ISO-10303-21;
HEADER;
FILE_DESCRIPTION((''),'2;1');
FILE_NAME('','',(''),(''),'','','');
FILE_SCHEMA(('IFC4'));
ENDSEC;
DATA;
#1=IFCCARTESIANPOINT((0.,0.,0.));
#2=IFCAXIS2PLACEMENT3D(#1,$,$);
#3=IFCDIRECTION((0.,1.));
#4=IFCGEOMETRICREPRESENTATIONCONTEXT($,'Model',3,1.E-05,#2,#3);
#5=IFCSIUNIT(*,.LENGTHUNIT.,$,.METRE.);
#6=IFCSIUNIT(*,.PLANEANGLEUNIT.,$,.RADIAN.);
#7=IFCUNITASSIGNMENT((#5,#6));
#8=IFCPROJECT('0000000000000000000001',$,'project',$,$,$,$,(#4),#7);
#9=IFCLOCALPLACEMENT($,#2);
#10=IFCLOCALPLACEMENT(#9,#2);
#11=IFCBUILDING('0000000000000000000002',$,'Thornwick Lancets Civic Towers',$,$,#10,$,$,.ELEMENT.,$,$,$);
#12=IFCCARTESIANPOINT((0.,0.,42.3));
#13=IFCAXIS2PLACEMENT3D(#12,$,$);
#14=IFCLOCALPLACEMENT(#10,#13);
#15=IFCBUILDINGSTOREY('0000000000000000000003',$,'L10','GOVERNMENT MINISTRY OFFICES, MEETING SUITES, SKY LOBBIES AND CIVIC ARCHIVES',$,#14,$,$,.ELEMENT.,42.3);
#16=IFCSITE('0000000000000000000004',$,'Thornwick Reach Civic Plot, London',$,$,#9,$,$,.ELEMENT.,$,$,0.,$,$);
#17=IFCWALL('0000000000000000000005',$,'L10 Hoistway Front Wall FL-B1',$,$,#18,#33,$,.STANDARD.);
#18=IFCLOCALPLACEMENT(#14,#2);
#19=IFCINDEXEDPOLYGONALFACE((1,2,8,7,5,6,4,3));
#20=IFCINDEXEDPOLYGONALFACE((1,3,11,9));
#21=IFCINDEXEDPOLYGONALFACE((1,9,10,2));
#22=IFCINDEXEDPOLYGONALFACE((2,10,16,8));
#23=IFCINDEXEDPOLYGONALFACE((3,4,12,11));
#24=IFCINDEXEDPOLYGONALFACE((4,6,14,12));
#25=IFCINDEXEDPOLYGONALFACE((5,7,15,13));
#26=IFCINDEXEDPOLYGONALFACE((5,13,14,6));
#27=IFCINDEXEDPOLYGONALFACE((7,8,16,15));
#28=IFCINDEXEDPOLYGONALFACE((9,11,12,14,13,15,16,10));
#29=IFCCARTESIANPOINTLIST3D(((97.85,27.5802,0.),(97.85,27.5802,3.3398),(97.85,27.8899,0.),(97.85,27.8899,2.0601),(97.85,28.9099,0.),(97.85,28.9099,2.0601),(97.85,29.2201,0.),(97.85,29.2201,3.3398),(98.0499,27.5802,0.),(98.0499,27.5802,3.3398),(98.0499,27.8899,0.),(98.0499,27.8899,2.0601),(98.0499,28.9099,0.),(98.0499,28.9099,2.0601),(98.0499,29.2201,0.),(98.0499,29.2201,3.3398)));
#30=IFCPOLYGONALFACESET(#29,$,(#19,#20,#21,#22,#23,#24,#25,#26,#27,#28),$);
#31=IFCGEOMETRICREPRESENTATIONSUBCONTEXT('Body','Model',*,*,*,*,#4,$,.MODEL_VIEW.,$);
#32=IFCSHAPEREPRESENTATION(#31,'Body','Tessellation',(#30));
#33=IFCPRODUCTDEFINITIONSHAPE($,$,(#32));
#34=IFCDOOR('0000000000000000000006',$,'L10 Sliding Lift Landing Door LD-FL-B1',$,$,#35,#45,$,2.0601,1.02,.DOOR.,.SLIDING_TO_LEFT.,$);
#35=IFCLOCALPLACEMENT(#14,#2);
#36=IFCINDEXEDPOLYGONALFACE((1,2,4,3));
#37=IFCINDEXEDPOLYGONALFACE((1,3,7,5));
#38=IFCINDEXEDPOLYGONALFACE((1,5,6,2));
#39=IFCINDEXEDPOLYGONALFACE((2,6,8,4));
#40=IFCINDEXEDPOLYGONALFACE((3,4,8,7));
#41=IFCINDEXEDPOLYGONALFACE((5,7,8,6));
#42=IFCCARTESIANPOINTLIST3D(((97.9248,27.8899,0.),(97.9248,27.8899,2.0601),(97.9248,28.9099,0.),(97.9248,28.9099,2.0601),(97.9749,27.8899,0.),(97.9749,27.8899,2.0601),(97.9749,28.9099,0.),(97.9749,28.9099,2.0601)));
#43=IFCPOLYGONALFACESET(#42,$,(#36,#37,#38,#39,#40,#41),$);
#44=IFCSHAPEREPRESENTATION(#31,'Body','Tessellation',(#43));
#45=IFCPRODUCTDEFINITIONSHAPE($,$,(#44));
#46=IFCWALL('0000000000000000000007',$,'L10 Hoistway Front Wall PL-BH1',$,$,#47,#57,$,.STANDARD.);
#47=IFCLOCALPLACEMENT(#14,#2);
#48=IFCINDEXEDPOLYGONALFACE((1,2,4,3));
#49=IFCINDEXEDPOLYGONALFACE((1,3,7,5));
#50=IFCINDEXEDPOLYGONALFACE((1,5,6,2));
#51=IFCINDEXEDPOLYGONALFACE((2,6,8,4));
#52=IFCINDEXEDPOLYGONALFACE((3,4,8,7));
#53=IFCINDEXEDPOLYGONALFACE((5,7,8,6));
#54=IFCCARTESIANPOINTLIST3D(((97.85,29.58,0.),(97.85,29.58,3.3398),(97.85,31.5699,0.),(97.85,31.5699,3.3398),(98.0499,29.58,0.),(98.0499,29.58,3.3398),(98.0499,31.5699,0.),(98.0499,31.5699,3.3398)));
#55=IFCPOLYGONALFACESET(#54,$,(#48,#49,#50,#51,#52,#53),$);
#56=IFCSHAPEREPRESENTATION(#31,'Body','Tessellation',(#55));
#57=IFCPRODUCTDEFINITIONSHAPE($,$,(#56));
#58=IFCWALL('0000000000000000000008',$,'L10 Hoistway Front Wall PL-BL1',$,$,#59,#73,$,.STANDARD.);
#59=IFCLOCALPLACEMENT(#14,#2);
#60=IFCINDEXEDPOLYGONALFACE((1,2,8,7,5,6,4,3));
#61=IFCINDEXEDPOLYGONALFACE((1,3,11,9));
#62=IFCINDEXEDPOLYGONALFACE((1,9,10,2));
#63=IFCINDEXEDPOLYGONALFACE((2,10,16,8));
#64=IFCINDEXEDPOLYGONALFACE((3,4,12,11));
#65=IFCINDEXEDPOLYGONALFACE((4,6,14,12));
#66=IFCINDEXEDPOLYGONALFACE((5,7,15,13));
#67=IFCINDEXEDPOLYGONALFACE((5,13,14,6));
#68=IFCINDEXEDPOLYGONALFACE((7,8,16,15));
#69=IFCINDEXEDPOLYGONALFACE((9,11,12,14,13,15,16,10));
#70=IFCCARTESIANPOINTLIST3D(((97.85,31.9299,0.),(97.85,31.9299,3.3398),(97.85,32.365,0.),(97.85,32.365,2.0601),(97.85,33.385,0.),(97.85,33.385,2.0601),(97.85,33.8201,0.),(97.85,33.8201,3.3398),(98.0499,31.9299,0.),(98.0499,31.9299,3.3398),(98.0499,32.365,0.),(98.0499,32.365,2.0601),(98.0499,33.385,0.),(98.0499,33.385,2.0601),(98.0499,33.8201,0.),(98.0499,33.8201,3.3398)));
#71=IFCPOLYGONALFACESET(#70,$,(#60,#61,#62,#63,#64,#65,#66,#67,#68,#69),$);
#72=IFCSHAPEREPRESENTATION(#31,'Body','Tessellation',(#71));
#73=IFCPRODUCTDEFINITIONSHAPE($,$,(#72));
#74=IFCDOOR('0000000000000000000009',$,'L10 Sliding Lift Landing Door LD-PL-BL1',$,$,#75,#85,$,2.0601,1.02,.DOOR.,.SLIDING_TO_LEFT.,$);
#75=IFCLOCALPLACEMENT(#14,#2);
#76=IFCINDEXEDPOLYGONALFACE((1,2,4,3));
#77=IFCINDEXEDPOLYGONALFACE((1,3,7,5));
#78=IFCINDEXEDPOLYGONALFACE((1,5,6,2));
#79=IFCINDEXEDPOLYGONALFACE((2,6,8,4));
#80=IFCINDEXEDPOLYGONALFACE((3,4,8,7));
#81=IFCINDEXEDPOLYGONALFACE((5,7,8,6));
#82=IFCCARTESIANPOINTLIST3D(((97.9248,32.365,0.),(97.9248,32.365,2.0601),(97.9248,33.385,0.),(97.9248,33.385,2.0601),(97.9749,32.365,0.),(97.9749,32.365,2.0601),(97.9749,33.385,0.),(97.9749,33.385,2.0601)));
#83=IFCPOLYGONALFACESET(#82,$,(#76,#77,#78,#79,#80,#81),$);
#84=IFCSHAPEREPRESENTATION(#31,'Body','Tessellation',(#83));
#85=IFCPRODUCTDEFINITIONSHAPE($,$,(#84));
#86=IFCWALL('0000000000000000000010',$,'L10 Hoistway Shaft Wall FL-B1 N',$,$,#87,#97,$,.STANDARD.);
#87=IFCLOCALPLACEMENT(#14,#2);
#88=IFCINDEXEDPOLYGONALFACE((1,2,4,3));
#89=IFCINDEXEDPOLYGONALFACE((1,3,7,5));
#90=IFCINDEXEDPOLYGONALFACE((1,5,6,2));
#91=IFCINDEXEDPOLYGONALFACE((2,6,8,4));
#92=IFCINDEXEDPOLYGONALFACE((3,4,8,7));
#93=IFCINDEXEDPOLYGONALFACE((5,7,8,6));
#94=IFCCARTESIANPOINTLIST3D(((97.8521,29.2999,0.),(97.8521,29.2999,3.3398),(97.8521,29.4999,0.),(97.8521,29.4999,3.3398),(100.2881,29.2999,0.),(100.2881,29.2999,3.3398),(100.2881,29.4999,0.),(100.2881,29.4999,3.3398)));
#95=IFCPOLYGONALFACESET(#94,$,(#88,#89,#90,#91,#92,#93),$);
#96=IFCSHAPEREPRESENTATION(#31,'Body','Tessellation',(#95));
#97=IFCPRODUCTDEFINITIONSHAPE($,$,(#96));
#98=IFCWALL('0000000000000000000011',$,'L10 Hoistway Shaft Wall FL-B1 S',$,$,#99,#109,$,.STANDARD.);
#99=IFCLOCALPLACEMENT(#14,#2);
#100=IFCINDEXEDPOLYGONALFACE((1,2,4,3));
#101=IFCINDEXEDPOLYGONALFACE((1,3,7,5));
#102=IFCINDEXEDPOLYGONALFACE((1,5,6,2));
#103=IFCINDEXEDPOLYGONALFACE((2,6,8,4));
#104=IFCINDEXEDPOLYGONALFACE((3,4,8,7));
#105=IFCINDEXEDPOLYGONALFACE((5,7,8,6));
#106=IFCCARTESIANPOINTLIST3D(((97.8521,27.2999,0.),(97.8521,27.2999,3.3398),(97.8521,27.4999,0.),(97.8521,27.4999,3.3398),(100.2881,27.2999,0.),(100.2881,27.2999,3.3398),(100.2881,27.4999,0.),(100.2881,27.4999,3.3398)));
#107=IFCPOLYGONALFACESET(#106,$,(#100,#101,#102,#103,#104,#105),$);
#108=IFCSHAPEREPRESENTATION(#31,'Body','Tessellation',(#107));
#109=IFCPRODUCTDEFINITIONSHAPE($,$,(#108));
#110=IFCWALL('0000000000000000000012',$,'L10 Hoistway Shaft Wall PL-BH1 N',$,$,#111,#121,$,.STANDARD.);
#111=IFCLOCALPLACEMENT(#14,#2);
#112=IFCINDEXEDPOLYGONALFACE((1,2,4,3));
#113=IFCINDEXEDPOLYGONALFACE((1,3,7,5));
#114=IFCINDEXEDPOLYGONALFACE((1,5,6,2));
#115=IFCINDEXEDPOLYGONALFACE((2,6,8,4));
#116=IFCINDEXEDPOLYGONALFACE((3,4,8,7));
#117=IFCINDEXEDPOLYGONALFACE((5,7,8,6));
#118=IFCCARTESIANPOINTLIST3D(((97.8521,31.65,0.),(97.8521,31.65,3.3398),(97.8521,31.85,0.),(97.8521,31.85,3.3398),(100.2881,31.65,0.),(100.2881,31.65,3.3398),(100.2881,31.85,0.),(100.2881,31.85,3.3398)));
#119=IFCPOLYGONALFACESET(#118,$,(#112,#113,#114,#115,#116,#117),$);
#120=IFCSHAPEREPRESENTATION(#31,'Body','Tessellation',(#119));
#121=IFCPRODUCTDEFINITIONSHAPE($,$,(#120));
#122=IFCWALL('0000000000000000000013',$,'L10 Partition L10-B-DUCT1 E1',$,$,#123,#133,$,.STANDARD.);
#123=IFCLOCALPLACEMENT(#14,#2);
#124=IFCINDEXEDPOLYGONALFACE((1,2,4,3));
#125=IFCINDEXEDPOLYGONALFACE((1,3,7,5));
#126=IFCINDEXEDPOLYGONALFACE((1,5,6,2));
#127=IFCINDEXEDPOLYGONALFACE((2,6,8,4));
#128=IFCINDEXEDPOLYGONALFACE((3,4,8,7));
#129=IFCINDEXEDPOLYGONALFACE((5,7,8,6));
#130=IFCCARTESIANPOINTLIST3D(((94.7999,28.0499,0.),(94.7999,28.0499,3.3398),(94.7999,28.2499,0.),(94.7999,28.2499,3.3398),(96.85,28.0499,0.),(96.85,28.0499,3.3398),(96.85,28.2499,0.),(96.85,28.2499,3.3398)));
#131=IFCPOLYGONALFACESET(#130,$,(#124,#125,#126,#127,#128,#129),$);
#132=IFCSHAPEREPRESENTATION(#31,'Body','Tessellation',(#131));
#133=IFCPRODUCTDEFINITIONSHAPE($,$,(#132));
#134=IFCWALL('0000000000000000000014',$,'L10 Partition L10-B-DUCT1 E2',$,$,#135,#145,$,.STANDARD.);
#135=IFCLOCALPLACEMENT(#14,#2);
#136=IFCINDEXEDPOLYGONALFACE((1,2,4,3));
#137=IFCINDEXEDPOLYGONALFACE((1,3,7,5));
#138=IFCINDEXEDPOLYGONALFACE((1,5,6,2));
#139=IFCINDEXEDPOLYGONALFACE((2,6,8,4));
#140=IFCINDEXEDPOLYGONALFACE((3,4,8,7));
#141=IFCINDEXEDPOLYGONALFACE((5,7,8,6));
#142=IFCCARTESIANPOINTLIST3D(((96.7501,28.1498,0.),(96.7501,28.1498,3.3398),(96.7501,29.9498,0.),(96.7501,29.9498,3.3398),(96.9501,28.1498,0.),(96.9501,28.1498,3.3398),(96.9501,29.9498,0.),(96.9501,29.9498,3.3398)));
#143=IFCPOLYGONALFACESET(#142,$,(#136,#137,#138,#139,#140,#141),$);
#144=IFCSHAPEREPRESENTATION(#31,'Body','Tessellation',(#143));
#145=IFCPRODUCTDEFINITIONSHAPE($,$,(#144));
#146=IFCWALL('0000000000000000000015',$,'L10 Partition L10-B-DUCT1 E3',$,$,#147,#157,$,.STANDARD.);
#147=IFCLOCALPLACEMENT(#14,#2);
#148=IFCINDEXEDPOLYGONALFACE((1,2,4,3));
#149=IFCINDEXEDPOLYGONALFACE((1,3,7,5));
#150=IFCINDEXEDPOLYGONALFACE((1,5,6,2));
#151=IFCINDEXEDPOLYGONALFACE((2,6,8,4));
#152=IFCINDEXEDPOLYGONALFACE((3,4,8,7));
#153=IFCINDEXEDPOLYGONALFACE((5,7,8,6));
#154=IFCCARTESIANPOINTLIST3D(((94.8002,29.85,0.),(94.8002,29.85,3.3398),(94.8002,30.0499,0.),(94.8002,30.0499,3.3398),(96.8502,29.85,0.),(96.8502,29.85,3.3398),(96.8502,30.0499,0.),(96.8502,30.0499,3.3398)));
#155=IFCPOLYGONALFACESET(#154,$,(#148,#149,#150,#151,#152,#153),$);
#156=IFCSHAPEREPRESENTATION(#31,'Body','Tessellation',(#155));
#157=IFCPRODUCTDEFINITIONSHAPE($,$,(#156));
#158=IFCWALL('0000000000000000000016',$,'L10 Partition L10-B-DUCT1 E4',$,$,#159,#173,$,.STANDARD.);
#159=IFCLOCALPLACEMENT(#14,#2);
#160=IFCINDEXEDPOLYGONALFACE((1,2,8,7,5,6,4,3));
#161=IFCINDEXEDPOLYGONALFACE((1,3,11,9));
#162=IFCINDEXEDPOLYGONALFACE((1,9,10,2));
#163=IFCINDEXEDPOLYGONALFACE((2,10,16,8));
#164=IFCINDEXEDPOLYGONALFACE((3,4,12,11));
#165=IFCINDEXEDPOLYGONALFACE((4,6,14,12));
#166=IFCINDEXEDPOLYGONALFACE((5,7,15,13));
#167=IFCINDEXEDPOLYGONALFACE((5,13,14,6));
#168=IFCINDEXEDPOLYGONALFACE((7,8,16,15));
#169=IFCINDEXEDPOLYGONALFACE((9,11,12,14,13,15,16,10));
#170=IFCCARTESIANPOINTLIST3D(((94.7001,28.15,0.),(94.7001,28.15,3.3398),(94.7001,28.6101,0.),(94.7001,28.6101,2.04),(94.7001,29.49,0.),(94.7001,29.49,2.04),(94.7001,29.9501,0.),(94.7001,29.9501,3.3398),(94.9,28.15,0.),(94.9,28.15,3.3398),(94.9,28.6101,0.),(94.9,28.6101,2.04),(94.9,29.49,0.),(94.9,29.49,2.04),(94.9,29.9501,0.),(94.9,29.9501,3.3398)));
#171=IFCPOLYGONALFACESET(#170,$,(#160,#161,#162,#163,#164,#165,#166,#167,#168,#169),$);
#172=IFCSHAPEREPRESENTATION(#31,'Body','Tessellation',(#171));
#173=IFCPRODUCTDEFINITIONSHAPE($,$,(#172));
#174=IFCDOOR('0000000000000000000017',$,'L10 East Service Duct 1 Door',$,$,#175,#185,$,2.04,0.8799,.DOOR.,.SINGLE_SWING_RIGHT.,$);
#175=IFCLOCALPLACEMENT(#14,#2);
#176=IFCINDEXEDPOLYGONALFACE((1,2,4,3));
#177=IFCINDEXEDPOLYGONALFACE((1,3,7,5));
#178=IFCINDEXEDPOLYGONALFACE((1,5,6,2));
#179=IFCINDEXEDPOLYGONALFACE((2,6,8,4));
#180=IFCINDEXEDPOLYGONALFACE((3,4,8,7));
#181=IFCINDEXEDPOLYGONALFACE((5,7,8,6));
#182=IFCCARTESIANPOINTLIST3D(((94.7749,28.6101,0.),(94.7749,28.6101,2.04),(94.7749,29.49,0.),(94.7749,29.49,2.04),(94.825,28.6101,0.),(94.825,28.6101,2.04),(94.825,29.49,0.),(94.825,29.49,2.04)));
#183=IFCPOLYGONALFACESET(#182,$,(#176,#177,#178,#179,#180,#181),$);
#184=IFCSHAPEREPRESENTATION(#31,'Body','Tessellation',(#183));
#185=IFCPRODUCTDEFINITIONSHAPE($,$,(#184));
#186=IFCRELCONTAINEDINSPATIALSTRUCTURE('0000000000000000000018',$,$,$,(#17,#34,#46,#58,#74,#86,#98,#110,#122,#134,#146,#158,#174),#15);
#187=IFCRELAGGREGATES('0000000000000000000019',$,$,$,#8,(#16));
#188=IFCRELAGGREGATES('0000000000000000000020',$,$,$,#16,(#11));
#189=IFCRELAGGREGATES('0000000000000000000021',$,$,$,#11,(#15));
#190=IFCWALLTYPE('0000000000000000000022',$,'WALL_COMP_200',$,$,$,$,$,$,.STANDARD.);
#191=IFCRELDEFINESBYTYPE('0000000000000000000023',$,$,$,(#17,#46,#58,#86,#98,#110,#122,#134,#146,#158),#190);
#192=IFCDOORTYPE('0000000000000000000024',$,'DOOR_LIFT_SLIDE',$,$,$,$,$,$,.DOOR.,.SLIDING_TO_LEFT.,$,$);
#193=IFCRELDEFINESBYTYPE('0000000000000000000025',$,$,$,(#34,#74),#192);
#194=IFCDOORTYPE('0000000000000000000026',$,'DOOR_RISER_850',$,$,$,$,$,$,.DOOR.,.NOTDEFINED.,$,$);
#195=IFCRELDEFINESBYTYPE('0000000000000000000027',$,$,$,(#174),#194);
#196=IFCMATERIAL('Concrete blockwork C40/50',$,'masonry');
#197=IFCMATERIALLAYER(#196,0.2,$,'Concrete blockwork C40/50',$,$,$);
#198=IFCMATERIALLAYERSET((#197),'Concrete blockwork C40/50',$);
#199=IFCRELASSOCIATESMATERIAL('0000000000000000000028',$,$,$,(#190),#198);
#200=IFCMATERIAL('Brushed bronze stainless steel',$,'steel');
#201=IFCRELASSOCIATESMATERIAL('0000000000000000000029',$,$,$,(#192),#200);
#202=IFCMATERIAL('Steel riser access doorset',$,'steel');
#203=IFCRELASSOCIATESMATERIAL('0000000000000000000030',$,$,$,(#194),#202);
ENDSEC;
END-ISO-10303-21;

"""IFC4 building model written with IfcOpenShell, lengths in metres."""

from ifc_helpers import new_model, si_unit, direction, frame, frame_2d, origin, place, context, subcontext, project, spatial, rectangle, extrude, material, layer, layer_set, type_object, element, fill, save


model = new_model("IFC4")

# Units and contexts
model_context = context("Model", 3, precision=1e-05, world=origin(), true_north=direction((0.0, 1.0)))
body_context = subcontext(model_context, "Body", "Model", "MODEL_VIEW")
ifc_project = project(units=[si_unit("LENGTHUNIT", "METRE"), si_unit("PLANEANGLEUNIT", "RADIAN")], contexts=[model_context])

# Site, building, storey
site_placement = place(None, origin())
site = spatial("IfcSite", under=ifc_project, at=site_placement, Name="Thornwick Reach Civic Plot, London", CompositionType="ELEMENT", RefElevation=0.0)
building_placement = place(site_placement, origin())
building = spatial("IfcBuilding", under=site, at=building_placement, Name="Thornwick Lancets Civic Towers", CompositionType="ELEMENT")
storey_placement = place(building_placement, frame((0.0, 0.0, 42.3)))
storey = spatial("IfcBuildingStorey", under=building, at=storey_placement, Name="L10", Description="GOVERNMENT MINISTRY OFFICES, MEETING SUITES, SKY LOBBIES AND CIVIC ARCHIVES", CompositionType="ELEMENT", Elevation=42.3)

# Wall, opening, door
ifc_material_1 = material(Name="Concrete blockwork C40/50", Category="masonry")
ifc_layer_1 = layer(ifc_material_1, 0.2, Name="Concrete blockwork C40/50")
ifc_layer_set_1 = layer_set([ifc_layer_1], Name="Concrete blockwork C40/50")
wall_type_1 = type_object("IfcWallType", Name="WALL_COMP_200", PredefinedType="STANDARD", material=ifc_layer_set_1)
wall_1_placement = place(storey_placement, frame((97.95, 29.22, 0.0), z_axis=(0.0, 0.0, 1.0), x_axis=(0.0, -1.0, 0.0)))
wall_1 = element("IfcWall", 1, at=wall_1_placement, inside=storey, type_object=wall_type_1, Name="L10 Hoistway Front Wall FL-B1", PredefinedType="STANDARD", context=body_context, shape_type="SweptSolid", body=[
    extrude(rectangle(XDim=1.6399, YDim=0.2, at=frame_2d((0.8198, 0.0))), origin(), (0.0, 0.0, 1.0), 3.3398),
])
opening_1_placement = place(wall_1_placement, frame((0.3101, 0.0, 0.0)))
opening_1 = element("IfcOpeningElement", 2, at=opening_1_placement, cuts=wall_1, PredefinedType="OPENING", context=body_context, shape_type="SweptSolid", body=[
    extrude(rectangle(XDim=1.02, YDim=2.0601, at=frame_2d((0.51, 1.03))), frame((0.0, 0.1099, 0.0), z_axis=(0.0, -1.0, 0.0), x_axis=(1.0, 0.0, 0.0)), (0.0, 0.0, 1.0), 0.22),
])
ifc_material_2 = material(Name="Brushed bronze stainless steel", Category="steel")
door_type_1 = type_object("IfcDoorType", Name="DOOR_LIFT_SLIDE", OperationType="SLIDING_TO_LEFT", PredefinedType="DOOR", material=ifc_material_2)
door_1_placement = place(opening_1_placement, origin())
door_1 = element("IfcDoor", 3, at=door_1_placement, inside=storey, type_object=door_type_1, Name="L10 Sliding Lift Landing Door LD-FL-B1", OperationType="SLIDING_TO_LEFT", OverallHeight=2.0601, OverallWidth=1.02, PredefinedType="DOOR", context=body_context, shape_type="SweptSolid", body=[
    extrude(rectangle(XDim=1.02, YDim=2.0601, at=frame_2d((0.51, 1.03))), frame((0.0, 0.0249, 0.0), z_axis=(0.0, -1.0, 0.0), x_axis=(1.0, 0.0, 0.0)), (0.0, 0.0, 1.0), 0.05),
])
fill(opening_1, door_1)

# Wall
wall_2_placement = place(storey_placement, frame((97.95, 31.5701, 0.0), z_axis=(0.0, 0.0, 1.0), x_axis=(0.0, -1.0, 0.0)))
element("IfcWall", 4, at=wall_2_placement, inside=storey, type_object=wall_type_1, Name="L10 Hoistway Front Wall PL-BH1", PredefinedType="STANDARD", context=body_context, shape_type="SweptSolid", body=[
    extrude(rectangle(XDim=1.99, YDim=0.2, at=frame_2d((0.9951, 0.0))), origin(), (0.0, 0.0, 1.0), 3.3398),
])

# Wall, opening, door
wall_3_placement = place(storey_placement, frame((97.95, 33.8201, 0.0), z_axis=(0.0, 0.0, 1.0), x_axis=(0.0, -1.0, 0.0)))
wall_3 = element("IfcWall", 5, at=wall_3_placement, inside=storey, type_object=wall_type_1, Name="L10 Hoistway Front Wall PL-BL1", PredefinedType="STANDARD", context=body_context, shape_type="SweptSolid", body=[
    extrude(rectangle(XDim=1.8901, YDim=0.2, at=frame_2d((0.9451, 0.0))), origin(), (0.0, 0.0, 1.0), 3.3398),
])
opening_2_placement = place(wall_3_placement, frame((0.4351, 0.0, 0.0)))
opening_2 = element("IfcOpeningElement", 6, at=opening_2_placement, cuts=wall_3, PredefinedType="OPENING", context=body_context, shape_type="SweptSolid", body=[
    extrude(rectangle(XDim=1.02, YDim=2.0601, at=frame_2d((0.51, 1.03))), frame((0.0, 0.1099, 0.0), z_axis=(0.0, -1.0, 0.0), x_axis=(1.0, 0.0, 0.0)), (0.0, 0.0, 1.0), 0.22),
])
door_2_placement = place(opening_2_placement, origin())
door_2 = element("IfcDoor", 7, at=door_2_placement, inside=storey, type_object=door_type_1, Name="L10 Sliding Lift Landing Door LD-PL-BL1", OperationType="SLIDING_TO_LEFT", OverallHeight=2.0601, OverallWidth=1.02, PredefinedType="DOOR", context=body_context, shape_type="SweptSolid", body=[
    extrude(rectangle(XDim=1.02, YDim=2.0601, at=frame_2d((0.51, 1.03))), frame((0.0, 0.0249, 0.0), z_axis=(0.0, -1.0, 0.0), x_axis=(1.0, 0.0, 0.0)), (0.0, 0.0, 1.0), 0.05),
])
fill(opening_2, door_2)

# Walls
for number, where, z_axis, x_axis, name in (
    (8, (97.8521, 29.3999, 0.0), (0.0, 0.0, 1.0), (1.0, 0.0, 0.0), "L10 Hoistway Shaft Wall FL-B1 N"),
    (9, (97.8521, 27.3999, 0.0), (0.0, 0.0, 1.0), (1.0, 0.0, 0.0), "L10 Hoistway Shaft Wall FL-B1 S"),
    (10, (97.8521, 31.75, 0.0), (0.0, 0.0, 1.0), (1.0, 0.0, 0.0), "L10 Hoistway Shaft Wall PL-BH1 N"),
):
    element("IfcWall", number, at=place(storey_placement, frame(where, z_axis=z_axis, x_axis=x_axis)), inside=storey, type_object=wall_type_1, Name=name, PredefinedType="STANDARD", context=body_context, shape_type="SweptSolid", body=[
        extrude(rectangle(XDim=2.436, YDim=0.2, at=frame_2d((1.218, 0.0))), origin(), (0.0, 0.0, 1.0), 3.3398),
    ])
wall_4_placement = place(storey_placement, frame((94.8, 28.1499, 0.0), z_axis=(0.0, 0.0, 1.0), x_axis=(1.0, 0.0, 0.0)))
element("IfcWall", 11, at=wall_4_placement, inside=storey, type_object=wall_type_1, Name="L10 Partition L10-B-DUCT1 E1", PredefinedType="STANDARD", context=body_context, shape_type="SweptSolid", body=[
    extrude(rectangle(XDim=2.05, YDim=0.2, at=frame_2d((1.0249, 0.0))), origin(), (0.0, 0.0, 1.0), 3.3398),
])
wall_5_placement = place(storey_placement, frame((96.8501, 28.1499, 0.0), z_axis=(0.0, 0.0, 1.0), x_axis=(0.0, 1.0, 0.0)))
element("IfcWall", 12, at=wall_5_placement, inside=storey, type_object=wall_type_1, Name="L10 Partition L10-B-DUCT1 E2", PredefinedType="STANDARD", context=body_context, shape_type="SweptSolid", body=[
    extrude(rectangle(XDim=1.8, YDim=0.2, at=frame_2d((0.8999, 0.0))), origin(), (0.0, 0.0, 1.0), 3.3398),
])
wall_6_placement = place(storey_placement, frame((96.8501, 29.95, 0.0), z_axis=(0.0, 0.0, 1.0), x_axis=(-1.0, 0.0, 0.0)))
element("IfcWall", 13, at=wall_6_placement, inside=storey, type_object=wall_type_1, Name="L10 Partition L10-B-DUCT1 E3", PredefinedType="STANDARD", context=body_context, shape_type="SweptSolid", body=[
    extrude(rectangle(XDim=2.05, YDim=0.2, at=frame_2d((1.0249, 0.0))), origin(), (0.0, 0.0, 1.0), 3.3398),
])

# Wall, opening, door
wall_7_placement = place(storey_placement, frame((94.8, 29.95, 0.0), z_axis=(0.0, 0.0, 1.0), x_axis=(0.0, -1.0, 0.0)))
wall_7 = element("IfcWall", 14, at=wall_7_placement, inside=storey, type_object=wall_type_1, Name="L10 Partition L10-B-DUCT1 E4", PredefinedType="STANDARD", context=body_context, shape_type="SweptSolid", body=[
    extrude(rectangle(XDim=1.8, YDim=0.2, at=frame_2d((0.8999, 0.0))), origin(), (0.0, 0.0, 1.0), 3.3398),
])
opening_3_placement = place(wall_7_placement, frame((0.46, 0.0, 0.0)))
opening_3 = element("IfcOpeningElement", 15, at=opening_3_placement, cuts=wall_7, PredefinedType="OPENING", context=body_context, shape_type="SweptSolid", body=[
    extrude(rectangle(XDim=0.8799, YDim=2.04, at=frame_2d((0.4399, 1.02))), frame((0.0, 0.1099, 0.0), z_axis=(0.0, -1.0, 0.0), x_axis=(1.0, 0.0, 0.0)), (0.0, 0.0, 1.0), 0.22),
])
ifc_material_3 = material(Name="Steel riser access doorset", Category="steel")
door_type_2 = type_object("IfcDoorType", Name="DOOR_RISER_850", OperationType="NOTDEFINED", PredefinedType="DOOR", material=ifc_material_3)
door_3_placement = place(opening_3_placement, origin())
door_3 = element("IfcDoor", 16, at=door_3_placement, inside=storey, type_object=door_type_2, Name="L10 East Service Duct 1 Door", OperationType="SINGLE_SWING_RIGHT", OverallHeight=2.04, OverallWidth=0.8799, PredefinedType="DOOR", context=body_context, shape_type="SweptSolid", body=[
    extrude(rectangle(XDim=0.8799, YDim=2.04, at=frame_2d((0.4399, 1.02))), frame((0.0, 0.0249, 0.0), z_axis=(0.0, -1.0, 0.0), x_axis=(1.0, 0.0, 0.0)), (0.0, 0.0, 1.0), 0.05),
])
fill(opening_3, door_3)

save(model, "model.ifc")
